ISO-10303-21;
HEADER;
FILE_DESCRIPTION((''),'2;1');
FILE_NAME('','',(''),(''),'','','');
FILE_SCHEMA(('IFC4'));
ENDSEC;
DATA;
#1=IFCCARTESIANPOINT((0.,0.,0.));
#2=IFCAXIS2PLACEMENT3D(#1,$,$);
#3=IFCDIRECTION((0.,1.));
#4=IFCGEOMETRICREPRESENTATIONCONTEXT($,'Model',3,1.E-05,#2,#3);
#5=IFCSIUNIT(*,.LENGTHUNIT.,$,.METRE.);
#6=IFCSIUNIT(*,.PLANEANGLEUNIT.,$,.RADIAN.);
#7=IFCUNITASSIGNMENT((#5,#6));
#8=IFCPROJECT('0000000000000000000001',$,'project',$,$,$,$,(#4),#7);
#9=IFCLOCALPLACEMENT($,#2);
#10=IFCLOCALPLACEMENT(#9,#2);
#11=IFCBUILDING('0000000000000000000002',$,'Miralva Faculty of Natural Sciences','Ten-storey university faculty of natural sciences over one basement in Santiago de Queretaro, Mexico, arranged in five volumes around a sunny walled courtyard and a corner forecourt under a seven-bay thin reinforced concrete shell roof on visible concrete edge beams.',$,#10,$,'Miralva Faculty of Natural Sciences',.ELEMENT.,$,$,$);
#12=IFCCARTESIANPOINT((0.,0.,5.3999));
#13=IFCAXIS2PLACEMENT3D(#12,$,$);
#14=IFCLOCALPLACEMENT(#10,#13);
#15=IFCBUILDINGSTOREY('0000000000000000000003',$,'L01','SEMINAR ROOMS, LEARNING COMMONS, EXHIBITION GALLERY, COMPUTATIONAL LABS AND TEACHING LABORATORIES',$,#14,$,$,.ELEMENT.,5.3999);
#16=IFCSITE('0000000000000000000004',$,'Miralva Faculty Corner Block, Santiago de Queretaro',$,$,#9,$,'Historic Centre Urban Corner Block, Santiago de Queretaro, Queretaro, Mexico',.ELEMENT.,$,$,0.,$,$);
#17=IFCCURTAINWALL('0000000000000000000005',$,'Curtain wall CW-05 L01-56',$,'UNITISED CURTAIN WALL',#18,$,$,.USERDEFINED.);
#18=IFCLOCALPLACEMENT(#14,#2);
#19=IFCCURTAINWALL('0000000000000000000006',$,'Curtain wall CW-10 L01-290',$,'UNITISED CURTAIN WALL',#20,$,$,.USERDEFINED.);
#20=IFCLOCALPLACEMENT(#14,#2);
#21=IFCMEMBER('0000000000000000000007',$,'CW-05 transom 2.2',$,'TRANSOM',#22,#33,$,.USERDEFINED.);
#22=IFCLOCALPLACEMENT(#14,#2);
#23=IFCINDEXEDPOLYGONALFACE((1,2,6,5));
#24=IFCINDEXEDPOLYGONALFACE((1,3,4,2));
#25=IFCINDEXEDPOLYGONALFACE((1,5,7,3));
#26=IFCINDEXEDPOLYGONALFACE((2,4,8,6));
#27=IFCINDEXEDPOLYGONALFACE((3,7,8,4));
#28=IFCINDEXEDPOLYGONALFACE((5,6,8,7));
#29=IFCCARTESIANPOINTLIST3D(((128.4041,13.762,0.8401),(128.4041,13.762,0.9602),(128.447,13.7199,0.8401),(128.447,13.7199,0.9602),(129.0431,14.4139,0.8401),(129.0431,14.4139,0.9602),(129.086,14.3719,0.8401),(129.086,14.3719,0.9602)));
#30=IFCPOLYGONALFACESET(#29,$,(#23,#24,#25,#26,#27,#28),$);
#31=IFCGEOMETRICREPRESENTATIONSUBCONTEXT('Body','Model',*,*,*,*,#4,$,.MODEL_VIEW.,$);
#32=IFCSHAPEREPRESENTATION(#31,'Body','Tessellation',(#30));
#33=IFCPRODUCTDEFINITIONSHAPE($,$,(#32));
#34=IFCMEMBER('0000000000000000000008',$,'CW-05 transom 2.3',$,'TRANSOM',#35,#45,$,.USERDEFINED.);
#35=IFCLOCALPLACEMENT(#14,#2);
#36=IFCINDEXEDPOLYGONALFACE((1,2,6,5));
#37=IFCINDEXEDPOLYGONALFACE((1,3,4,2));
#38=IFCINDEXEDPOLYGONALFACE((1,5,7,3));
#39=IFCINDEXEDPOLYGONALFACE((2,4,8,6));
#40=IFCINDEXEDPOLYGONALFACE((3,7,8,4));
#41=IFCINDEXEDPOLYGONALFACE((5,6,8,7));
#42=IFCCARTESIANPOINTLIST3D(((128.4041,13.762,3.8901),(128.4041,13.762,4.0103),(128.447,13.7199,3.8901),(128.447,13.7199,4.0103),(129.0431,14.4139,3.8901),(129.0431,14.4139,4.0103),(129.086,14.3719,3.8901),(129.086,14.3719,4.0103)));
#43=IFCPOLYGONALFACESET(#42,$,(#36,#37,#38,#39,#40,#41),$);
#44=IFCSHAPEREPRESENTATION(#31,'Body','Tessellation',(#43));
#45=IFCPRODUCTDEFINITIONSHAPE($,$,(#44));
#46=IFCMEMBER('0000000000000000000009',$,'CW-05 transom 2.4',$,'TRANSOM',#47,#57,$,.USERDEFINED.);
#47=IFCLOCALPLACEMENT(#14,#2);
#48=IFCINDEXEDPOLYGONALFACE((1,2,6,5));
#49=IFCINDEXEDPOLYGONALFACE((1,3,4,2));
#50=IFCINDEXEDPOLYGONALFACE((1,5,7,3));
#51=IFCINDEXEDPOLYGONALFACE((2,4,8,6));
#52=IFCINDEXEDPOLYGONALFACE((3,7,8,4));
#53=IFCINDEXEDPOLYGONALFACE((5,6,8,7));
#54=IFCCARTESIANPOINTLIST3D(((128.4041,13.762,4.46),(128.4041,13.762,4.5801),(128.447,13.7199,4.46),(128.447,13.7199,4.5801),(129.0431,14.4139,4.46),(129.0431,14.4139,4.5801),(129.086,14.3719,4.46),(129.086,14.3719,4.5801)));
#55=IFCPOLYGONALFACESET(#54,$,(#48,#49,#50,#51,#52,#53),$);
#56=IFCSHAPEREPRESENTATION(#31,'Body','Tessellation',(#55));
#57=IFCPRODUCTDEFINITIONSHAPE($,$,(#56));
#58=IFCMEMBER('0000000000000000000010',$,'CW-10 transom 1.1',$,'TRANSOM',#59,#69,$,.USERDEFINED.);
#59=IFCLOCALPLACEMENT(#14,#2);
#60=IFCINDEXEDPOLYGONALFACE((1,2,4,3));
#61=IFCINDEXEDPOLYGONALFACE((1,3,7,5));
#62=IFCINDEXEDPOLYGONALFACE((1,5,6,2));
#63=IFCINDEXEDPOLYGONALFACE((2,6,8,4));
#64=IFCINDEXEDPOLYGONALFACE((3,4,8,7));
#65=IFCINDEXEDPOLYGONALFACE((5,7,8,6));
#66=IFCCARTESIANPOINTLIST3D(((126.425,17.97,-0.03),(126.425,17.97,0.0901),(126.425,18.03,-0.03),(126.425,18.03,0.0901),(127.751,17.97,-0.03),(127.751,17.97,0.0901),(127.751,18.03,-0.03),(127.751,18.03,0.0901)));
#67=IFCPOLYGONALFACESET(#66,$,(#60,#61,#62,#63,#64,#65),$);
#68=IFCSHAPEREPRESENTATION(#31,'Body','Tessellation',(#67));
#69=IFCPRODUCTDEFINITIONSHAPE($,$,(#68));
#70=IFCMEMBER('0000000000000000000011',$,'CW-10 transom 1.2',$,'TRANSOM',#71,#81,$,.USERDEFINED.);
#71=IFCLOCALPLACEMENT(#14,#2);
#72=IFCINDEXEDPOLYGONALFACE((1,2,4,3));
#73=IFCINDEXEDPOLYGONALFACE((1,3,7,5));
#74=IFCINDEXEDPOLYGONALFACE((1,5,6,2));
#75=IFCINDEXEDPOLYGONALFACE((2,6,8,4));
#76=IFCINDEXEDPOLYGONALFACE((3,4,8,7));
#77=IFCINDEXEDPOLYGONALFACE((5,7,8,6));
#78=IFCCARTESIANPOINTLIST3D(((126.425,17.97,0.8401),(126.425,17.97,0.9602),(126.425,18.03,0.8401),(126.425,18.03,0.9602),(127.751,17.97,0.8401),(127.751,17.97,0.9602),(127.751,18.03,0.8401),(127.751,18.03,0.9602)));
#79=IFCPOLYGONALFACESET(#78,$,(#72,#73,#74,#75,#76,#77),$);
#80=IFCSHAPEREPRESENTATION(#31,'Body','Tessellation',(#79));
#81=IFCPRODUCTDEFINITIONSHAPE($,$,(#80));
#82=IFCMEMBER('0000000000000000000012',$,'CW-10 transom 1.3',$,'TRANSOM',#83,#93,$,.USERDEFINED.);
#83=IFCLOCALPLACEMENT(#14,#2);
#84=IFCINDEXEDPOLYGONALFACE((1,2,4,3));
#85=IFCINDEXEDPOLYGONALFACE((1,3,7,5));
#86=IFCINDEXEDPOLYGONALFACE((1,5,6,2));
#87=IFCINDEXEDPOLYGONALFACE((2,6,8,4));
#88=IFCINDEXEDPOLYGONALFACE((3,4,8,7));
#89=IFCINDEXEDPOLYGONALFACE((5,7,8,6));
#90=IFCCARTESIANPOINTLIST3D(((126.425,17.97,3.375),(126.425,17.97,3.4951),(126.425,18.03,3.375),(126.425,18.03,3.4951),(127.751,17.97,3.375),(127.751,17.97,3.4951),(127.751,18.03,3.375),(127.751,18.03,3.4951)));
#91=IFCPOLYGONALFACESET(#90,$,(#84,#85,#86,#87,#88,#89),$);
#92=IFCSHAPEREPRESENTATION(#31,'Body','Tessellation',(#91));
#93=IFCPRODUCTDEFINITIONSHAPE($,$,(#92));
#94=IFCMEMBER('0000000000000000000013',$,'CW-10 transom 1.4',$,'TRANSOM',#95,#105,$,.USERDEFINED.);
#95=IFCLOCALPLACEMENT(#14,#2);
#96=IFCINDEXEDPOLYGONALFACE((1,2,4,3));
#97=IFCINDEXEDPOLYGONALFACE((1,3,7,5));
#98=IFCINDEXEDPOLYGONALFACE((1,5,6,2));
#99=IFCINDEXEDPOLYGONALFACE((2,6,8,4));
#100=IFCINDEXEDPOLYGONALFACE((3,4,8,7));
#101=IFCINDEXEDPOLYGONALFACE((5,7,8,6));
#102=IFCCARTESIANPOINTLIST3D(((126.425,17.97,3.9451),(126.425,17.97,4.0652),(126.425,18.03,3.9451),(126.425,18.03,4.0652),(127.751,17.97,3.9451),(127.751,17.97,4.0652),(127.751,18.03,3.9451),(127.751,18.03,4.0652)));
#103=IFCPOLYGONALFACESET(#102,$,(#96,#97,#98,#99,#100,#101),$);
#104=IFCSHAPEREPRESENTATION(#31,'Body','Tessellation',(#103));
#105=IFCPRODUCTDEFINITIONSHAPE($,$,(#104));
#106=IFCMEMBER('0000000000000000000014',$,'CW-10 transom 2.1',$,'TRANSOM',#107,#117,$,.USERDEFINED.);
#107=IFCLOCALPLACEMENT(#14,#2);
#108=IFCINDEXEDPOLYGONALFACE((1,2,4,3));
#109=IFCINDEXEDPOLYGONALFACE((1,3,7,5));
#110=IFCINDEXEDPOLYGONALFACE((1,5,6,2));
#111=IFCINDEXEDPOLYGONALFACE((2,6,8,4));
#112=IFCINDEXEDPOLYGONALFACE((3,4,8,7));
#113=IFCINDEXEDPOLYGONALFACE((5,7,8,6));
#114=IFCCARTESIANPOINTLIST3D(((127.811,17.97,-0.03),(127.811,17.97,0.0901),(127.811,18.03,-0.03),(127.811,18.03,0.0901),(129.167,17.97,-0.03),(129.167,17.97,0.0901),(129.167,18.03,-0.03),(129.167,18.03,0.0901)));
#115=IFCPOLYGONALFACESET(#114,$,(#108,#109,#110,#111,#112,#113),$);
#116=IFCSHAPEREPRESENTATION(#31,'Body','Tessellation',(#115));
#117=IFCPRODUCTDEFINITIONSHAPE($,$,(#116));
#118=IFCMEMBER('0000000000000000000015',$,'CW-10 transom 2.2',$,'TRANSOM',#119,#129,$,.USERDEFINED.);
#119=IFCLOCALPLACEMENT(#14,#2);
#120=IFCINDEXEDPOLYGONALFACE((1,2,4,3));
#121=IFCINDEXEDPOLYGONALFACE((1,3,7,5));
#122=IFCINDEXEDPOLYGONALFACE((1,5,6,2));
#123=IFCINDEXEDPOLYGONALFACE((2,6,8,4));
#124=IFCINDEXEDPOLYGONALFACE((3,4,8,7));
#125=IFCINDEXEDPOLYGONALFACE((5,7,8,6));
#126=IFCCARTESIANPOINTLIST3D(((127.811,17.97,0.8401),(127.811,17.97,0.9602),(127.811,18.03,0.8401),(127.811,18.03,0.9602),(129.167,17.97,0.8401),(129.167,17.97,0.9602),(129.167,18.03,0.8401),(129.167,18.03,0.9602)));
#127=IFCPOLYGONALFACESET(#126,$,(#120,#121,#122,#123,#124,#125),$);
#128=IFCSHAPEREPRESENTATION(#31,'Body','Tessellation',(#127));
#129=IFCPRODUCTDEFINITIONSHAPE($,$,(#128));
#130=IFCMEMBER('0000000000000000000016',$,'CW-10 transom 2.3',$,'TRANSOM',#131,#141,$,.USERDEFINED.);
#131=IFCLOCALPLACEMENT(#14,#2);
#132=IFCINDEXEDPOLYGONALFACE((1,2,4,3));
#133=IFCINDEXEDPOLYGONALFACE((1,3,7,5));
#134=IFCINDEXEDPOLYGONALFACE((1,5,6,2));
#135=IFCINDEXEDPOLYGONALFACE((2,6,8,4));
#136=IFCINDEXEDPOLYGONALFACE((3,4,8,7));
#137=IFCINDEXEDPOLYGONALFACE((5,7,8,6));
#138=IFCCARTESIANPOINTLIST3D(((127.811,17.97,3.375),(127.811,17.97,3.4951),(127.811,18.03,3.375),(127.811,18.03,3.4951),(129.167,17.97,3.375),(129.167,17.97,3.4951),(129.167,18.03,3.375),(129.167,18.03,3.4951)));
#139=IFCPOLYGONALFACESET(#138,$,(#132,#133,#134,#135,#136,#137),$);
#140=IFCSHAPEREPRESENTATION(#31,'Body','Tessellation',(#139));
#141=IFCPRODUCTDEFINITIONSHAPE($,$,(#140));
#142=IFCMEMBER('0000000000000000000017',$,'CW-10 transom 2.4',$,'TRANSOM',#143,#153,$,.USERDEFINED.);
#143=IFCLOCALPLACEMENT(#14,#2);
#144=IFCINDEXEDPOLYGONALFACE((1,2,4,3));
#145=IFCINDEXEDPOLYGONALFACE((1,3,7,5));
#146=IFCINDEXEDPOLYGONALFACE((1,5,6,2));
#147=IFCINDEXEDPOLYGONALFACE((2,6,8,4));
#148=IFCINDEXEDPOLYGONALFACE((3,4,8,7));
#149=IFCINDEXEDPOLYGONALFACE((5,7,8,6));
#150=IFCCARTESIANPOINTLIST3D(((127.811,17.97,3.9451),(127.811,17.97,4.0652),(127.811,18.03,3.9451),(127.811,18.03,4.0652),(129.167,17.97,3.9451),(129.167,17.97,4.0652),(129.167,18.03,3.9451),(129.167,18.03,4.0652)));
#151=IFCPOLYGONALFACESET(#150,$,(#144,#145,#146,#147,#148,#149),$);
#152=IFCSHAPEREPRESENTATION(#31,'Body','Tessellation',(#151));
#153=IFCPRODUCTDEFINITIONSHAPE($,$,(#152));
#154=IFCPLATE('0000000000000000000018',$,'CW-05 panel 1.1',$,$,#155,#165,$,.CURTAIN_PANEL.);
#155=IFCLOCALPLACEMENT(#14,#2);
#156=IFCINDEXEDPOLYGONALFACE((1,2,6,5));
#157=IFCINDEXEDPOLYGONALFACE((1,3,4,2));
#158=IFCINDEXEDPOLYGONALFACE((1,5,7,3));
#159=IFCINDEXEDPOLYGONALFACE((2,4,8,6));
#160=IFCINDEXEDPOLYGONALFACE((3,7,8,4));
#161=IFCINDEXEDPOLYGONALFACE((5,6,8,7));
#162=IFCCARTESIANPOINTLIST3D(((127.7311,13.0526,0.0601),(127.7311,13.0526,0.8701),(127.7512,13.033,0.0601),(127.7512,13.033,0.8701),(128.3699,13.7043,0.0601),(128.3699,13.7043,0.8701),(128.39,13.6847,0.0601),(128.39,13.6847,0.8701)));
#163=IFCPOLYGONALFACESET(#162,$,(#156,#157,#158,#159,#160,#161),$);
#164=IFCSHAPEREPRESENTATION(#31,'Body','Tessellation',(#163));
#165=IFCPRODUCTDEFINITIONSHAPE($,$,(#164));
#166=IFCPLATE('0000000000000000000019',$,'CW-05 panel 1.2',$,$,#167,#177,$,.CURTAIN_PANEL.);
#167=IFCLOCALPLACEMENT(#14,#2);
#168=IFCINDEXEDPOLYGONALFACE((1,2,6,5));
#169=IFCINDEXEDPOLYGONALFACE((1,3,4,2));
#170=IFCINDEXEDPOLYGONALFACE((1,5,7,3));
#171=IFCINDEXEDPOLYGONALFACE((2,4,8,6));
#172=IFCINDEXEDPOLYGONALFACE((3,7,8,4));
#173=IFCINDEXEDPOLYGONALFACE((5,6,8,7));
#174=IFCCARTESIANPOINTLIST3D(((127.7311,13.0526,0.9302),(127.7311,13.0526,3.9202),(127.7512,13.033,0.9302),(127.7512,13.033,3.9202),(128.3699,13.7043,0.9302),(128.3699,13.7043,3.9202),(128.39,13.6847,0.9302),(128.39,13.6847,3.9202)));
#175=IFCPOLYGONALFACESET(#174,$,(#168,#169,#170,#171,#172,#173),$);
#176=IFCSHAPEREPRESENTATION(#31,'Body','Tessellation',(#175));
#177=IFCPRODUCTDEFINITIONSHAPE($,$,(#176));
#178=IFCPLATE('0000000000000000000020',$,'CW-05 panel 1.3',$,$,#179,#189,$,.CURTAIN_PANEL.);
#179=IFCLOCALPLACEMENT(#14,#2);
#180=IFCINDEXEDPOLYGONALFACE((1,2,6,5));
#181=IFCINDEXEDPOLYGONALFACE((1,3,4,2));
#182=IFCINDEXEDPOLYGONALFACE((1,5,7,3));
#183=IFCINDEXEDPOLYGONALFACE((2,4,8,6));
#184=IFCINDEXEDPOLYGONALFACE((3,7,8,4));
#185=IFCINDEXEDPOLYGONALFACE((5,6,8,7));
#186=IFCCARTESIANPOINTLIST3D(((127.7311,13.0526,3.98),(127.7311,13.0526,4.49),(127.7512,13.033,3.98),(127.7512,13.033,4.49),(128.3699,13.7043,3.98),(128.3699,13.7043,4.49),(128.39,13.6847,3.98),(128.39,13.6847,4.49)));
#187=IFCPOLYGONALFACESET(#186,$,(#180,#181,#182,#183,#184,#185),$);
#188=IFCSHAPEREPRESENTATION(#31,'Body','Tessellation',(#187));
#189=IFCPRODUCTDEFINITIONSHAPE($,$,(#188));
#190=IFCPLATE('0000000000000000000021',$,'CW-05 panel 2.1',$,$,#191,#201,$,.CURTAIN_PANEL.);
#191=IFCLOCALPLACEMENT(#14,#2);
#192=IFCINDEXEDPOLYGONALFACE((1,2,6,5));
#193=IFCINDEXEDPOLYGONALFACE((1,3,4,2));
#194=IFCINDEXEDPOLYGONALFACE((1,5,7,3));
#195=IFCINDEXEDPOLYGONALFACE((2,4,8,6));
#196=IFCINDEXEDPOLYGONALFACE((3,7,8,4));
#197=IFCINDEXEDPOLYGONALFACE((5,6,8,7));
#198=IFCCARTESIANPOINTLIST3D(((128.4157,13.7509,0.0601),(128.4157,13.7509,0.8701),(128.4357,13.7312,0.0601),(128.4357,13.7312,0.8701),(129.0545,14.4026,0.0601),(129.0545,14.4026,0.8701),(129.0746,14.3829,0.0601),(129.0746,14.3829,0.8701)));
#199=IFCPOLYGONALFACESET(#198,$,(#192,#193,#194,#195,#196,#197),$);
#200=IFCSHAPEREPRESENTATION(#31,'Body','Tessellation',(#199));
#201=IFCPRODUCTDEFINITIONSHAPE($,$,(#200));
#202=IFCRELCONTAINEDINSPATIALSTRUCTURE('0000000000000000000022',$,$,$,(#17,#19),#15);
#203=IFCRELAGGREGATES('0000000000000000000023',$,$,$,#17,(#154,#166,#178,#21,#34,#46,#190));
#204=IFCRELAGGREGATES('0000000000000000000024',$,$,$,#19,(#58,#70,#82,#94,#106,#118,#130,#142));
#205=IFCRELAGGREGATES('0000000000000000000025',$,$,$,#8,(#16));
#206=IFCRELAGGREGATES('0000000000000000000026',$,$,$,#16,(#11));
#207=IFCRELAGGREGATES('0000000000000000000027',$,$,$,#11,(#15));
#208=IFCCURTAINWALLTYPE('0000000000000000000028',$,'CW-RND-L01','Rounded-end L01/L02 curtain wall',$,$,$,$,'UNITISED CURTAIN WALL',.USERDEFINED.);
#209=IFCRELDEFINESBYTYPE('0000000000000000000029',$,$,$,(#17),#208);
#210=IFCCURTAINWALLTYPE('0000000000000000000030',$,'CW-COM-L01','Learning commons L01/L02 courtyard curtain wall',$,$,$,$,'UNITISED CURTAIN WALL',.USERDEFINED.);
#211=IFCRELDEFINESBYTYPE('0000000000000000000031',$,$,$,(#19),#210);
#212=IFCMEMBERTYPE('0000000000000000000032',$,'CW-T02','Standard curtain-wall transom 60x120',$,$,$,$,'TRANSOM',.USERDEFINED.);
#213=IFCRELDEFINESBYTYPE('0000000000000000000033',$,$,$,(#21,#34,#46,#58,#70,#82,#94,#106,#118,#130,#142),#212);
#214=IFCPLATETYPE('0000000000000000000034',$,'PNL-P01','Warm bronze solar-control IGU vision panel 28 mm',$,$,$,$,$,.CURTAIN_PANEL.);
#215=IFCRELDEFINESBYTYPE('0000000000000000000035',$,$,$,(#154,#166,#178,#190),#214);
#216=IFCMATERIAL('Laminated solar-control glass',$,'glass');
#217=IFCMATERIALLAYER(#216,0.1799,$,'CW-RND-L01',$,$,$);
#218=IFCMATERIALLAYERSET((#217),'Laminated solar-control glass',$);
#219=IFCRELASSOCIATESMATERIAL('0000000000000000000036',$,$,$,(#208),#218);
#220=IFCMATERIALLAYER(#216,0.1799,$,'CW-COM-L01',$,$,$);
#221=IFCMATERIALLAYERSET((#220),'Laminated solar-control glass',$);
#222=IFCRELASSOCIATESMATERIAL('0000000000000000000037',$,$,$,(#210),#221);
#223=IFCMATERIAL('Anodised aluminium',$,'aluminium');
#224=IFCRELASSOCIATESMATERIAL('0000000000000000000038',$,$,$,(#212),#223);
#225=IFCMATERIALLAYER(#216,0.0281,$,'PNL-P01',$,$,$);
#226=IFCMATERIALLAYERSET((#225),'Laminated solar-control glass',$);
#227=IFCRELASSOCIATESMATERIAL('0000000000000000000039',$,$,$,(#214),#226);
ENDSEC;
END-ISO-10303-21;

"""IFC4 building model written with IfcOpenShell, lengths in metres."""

from ifc_helpers import new_model, si_unit, direction, frame, origin, origin_2d, place, context, subcontext, project, spatial, rectangle, extrude, material, layer, layer_set, material_profile, profile_set, type_object, element, aggregate, save


model = new_model("IFC4")

# Units and contexts
model_context = context("Model", 3, precision=1e-05, world=origin(), true_north=direction((0.0, 1.0)))
body_context = subcontext(model_context, "Body", "Model", "MODEL_VIEW")
ifc_project = project(units=[si_unit("LENGTHUNIT", "METRE"), si_unit("PLANEANGLEUNIT", "RADIAN")], contexts=[model_context])

# Site, building, storey
site_placement = place(None, origin())
site = spatial("IfcSite", under=ifc_project, at=site_placement, Name="Miralva Faculty Corner Block, Santiago de Queretaro", LongName="Historic Centre Urban Corner Block, Santiago de Queretaro, Queretaro, Mexico", CompositionType="ELEMENT", RefElevation=0.0)
building_placement = place(site_placement, origin())
building = spatial("IfcBuilding", under=site, at=building_placement, Name="Miralva Faculty of Natural Sciences", Description="Ten-storey university faculty of natural sciences over one basement in Santiago de Queretaro, Mexico, arranged in five volumes around a sunny walled courtyard and a corner forecourt under a seven-bay thin reinforced concrete shell roof on visible concrete edge beams.", LongName="Miralva Faculty of Natural Sciences", CompositionType="ELEMENT")
storey_placement = place(building_placement, frame((0.0, 0.0, 5.3999)))
storey = spatial("IfcBuildingStorey", under=building, at=storey_placement, Name="L01", Description="SEMINAR ROOMS, LEARNING COMMONS, EXHIBITION GALLERY, COMPUTATIONAL LABS AND TEACHING LABORATORIES", CompositionType="ELEMENT", Elevation=5.3999)

# Shared definitions
ifc_material_1 = material(Name="Laminated solar-control glass", Category="glass")
ifc_layer_1 = layer(ifc_material_1, 0.1799, Name="CW-RND-L01")
ifc_layer_set_1 = layer_set([ifc_layer_1], Name="Laminated solar-control glass")
curtain_wall_type_1 = type_object("IfcCurtainWallType", Name="CW-RND-L01", Description="Rounded-end L01/L02 curtain wall", ElementType="UNITISED CURTAIN WALL", PredefinedType="USERDEFINED", material=ifc_layer_set_1)
ifc_material_2 = material(Name="Anodised aluminium", Category="aluminium")

# Curtain walls
curtain_wall_1_placement = place(storey_placement, origin())
curtain_wall_1 = element("IfcCurtainWall", 1, at=curtain_wall_1_placement, inside=storey, type_object=curtain_wall_type_1, Name="Curtain wall CW-05 L01-56", ObjectType="UNITISED CURTAIN WALL", PredefinedType="USERDEFINED")
ifc_layer_2 = layer(ifc_material_1, 0.1799, Name="CW-COM-L01")
ifc_layer_set_2 = layer_set([ifc_layer_2], Name="Laminated solar-control glass")
curtain_wall_type_2 = type_object("IfcCurtainWallType", Name="CW-COM-L01", Description="Learning commons L01/L02 courtyard curtain wall", ElementType="UNITISED CURTAIN WALL", PredefinedType="USERDEFINED", material=ifc_layer_set_2)
curtain_wall_2_placement = place(storey_placement, origin())
curtain_wall_2 = element("IfcCurtainWall", 2, at=curtain_wall_2_placement, inside=storey, type_object=curtain_wall_type_2, Name="Curtain wall CW-10 L01-290", ObjectType="UNITISED CURTAIN WALL", PredefinedType="USERDEFINED")

# Members
ifc_material_profile_1 = material_profile(ifc_material_2, rectangle(XDim=0.0601, YDim=0.1201, at=origin_2d()), Name="TRANSOM 60x120")
ifc_profile_set_1 = profile_set([ifc_material_profile_1], Name="Anodised aluminium")
member_type_1 = type_object("IfcMemberType", Name="CW-T02", Description="Standard curtain-wall transom 60x120", ElementType="TRANSOM", PredefinedType="USERDEFINED", material=ifc_profile_set_1)
member_1_placement = place(storey_placement, frame((128.4255, 13.741, 0.9001), z_axis=(0.699983, 0.714159, 0.0), x_axis=(-0.714159, 0.699983, 0.0)))
member_1 = element("IfcMember", 3, at=member_1_placement, type_object=member_type_1, Name="CW-05 transom 2.2", ObjectType="TRANSOM", PredefinedType="USERDEFINED", context=body_context, shape_type="SweptSolid", body=[
    extrude(rectangle(XDim=0.0601, YDim=0.1201, at=origin_2d()), origin(), (0.0, 0.0, 1.0), 0.9128),
])
member_2_placement = place(storey_placement, frame((128.4255, 13.741, 3.9502), z_axis=(0.699983, 0.714159, 0.0), x_axis=(-0.714159, 0.699983, 0.0)))
member_2 = element("IfcMember", 4, at=member_2_placement, type_object=member_type_1, Name="CW-05 transom 2.3", ObjectType="TRANSOM", PredefinedType="USERDEFINED", context=body_context, shape_type="SweptSolid", body=[
    extrude(rectangle(XDim=0.0601, YDim=0.1201, at=origin_2d()), origin(), (0.0, 0.0, 1.0), 0.9128),
])
member_3_placement = place(storey_placement, frame((128.4255, 13.741, 4.52), z_axis=(0.699983, 0.714159, 0.0), x_axis=(-0.714159, 0.699983, 0.0)))
member_3 = element("IfcMember", 5, at=member_3_placement, type_object=member_type_1, Name="CW-05 transom 2.4", ObjectType="TRANSOM", PredefinedType="USERDEFINED", context=body_context, shape_type="SweptSolid", body=[
    extrude(rectangle(XDim=0.0601, YDim=0.1201, at=origin_2d()), origin(), (0.0, 0.0, 1.0), 0.9128),
])
member_4_placement = place(storey_placement, frame((126.425, 18.0, 0.03), z_axis=(1.0, 0.0, 0.0), x_axis=(0.0, 1.0, 0.0)))
member_4 = element("IfcMember", 6, at=member_4_placement, type_object=member_type_1, Name="CW-10 transom 1.1", ObjectType="TRANSOM", PredefinedType="USERDEFINED", context=body_context, shape_type="SweptSolid", body=[
    extrude(rectangle(XDim=0.0601, YDim=0.1201, at=origin_2d()), origin(), (0.0, 0.0, 1.0), 1.3259),
])
member_5_placement = place(storey_placement, frame((126.425, 18.0, 0.9001), z_axis=(1.0, 0.0, 0.0), x_axis=(0.0, 1.0, 0.0)))
member_5 = element("IfcMember", 7, at=member_5_placement, type_object=member_type_1, Name="CW-10 transom 1.2", ObjectType="TRANSOM", PredefinedType="USERDEFINED", context=body_context, shape_type="SweptSolid", body=[
    extrude(rectangle(XDim=0.0601, YDim=0.1201, at=origin_2d()), origin(), (0.0, 0.0, 1.0), 1.3259),
])
member_6_placement = place(storey_placement, frame((126.425, 18.0, 3.4351), z_axis=(1.0, 0.0, 0.0), x_axis=(0.0, 1.0, 0.0)))
member_6 = element("IfcMember", 8, at=member_6_placement, type_object=member_type_1, Name="CW-10 transom 1.3", ObjectType="TRANSOM", PredefinedType="USERDEFINED", context=body_context, shape_type="SweptSolid", body=[
    extrude(rectangle(XDim=0.0601, YDim=0.1201, at=origin_2d()), origin(), (0.0, 0.0, 1.0), 1.3259),
])
member_7_placement = place(storey_placement, frame((126.425, 18.0, 4.0051), z_axis=(1.0, 0.0, 0.0), x_axis=(0.0, 1.0, 0.0)))
member_7 = element("IfcMember", 9, at=member_7_placement, type_object=member_type_1, Name="CW-10 transom 1.4", ObjectType="TRANSOM", PredefinedType="USERDEFINED", context=body_context, shape_type="SweptSolid", body=[
    extrude(rectangle(XDim=0.0601, YDim=0.1201, at=origin_2d()), origin(), (0.0, 0.0, 1.0), 1.3259),
])
member_8_placement = place(storey_placement, frame((127.811, 18.0, 0.03), z_axis=(1.0, 0.0, 0.0), x_axis=(0.0, 1.0, 0.0)))
member_8 = element("IfcMember", 10, at=member_8_placement, type_object=member_type_1, Name="CW-10 transom 2.1", ObjectType="TRANSOM", PredefinedType="USERDEFINED", context=body_context, shape_type="SweptSolid", body=[
    extrude(rectangle(XDim=0.0601, YDim=0.1201, at=origin_2d()), origin(), (0.0, 0.0, 1.0), 1.356),
])
member_9_placement = place(storey_placement, frame((127.811, 18.0, 0.9001), z_axis=(1.0, 0.0, 0.0), x_axis=(0.0, 1.0, 0.0)))
member_9 = element("IfcMember", 11, at=member_9_placement, type_object=member_type_1, Name="CW-10 transom 2.2", ObjectType="TRANSOM", PredefinedType="USERDEFINED", context=body_context, shape_type="SweptSolid", body=[
    extrude(rectangle(XDim=0.0601, YDim=0.1201, at=origin_2d()), origin(), (0.0, 0.0, 1.0), 1.356),
])
member_10_placement = place(storey_placement, frame((127.811, 18.0, 3.4351), z_axis=(1.0, 0.0, 0.0), x_axis=(0.0, 1.0, 0.0)))
member_10 = element("IfcMember", 12, at=member_10_placement, type_object=member_type_1, Name="CW-10 transom 2.3", ObjectType="TRANSOM", PredefinedType="USERDEFINED", context=body_context, shape_type="SweptSolid", body=[
    extrude(rectangle(XDim=0.0601, YDim=0.1201, at=origin_2d()), origin(), (0.0, 0.0, 1.0), 1.356),
])
member_11_placement = place(storey_placement, frame((127.811, 18.0, 4.0051), z_axis=(1.0, 0.0, 0.0), x_axis=(0.0, 1.0, 0.0)))
member_11 = element("IfcMember", 13, at=member_11_placement, type_object=member_type_1, Name="CW-10 transom 2.4", ObjectType="TRANSOM", PredefinedType="USERDEFINED", context=body_context, shape_type="SweptSolid", body=[
    extrude(rectangle(XDim=0.0601, YDim=0.1201, at=origin_2d()), origin(), (0.0, 0.0, 1.0), 1.356),
])

# Plates
ifc_layer_3 = layer(ifc_material_1, 0.0281, Name="PNL-P01")
ifc_layer_set_3 = layer_set([ifc_layer_3], Name="Laminated solar-control glass")
plate_type = type_object("IfcPlateType", Name="PNL-P01", Description="Warm bronze solar-control IGU vision panel 28 mm", PredefinedType="CURTAIN_PANEL", material=ifc_layer_set_3)
plate_1_placement = place(storey_placement, frame((128.0605, 13.3687, 0.0601), z_axis=(0.0, 0.0, 1.0), x_axis=(0.700018, 0.714125, 0.0)))
plate_1 = element("IfcPlate", 14, at=plate_1_placement, type_object=plate_type, Name="CW-05 panel 1.1", PredefinedType="CURTAIN_PANEL", context=body_context, shape_type="SweptSolid", body=[
    extrude(rectangle(XDim=0.9126, YDim=0.0281, at=origin_2d()), origin(), (0.0, 0.0, 1.0), 0.8101),
])
plate_2_placement = place(storey_placement, frame((128.0605, 13.3687, 0.9302), z_axis=(0.0, 0.0, 1.0), x_axis=(0.700018, 0.714125, 0.0)))
plate_2 = element("IfcPlate", 15, at=plate_2_placement, type_object=plate_type, Name="CW-05 panel 1.2", PredefinedType="CURTAIN_PANEL", context=body_context, shape_type="SweptSolid", body=[
    extrude(rectangle(XDim=0.9126, YDim=0.0281, at=origin_2d()), origin(), (0.0, 0.0, 1.0), 2.99),
])
plate_3_placement = place(storey_placement, frame((128.0605, 13.3687, 3.98), z_axis=(0.0, 0.0, 1.0), x_axis=(0.700018, 0.714125, 0.0)))
plate_3 = element("IfcPlate", 16, at=plate_3_placement, type_object=plate_type, Name="CW-05 panel 1.3", PredefinedType="CURTAIN_PANEL", context=body_context, shape_type="SweptSolid", body=[
    extrude(rectangle(XDim=0.9126, YDim=0.0281, at=origin_2d()), origin(), (0.0, 0.0, 1.0), 0.51),
])
plate_4_placement = place(storey_placement, frame((128.7451, 14.0669, 0.0601), z_axis=(0.0, 0.0, 1.0), x_axis=(0.700018, 0.714125, 0.0)))
plate_4 = element("IfcPlate", 17, at=plate_4_placement, type_object=plate_type, Name="CW-05 panel 2.1", PredefinedType="CURTAIN_PANEL", context=body_context, shape_type="SweptSolid", body=[
    extrude(rectangle(XDim=0.9126, YDim=0.0281, at=origin_2d()), origin(), (0.0, 0.0, 1.0), 0.8101),
])
aggregate(curtain_wall_1, [plate_1, plate_2, plate_3, member_1, member_2, member_3, plate_4])
aggregate(curtain_wall_2, [member_4, member_5, member_6, member_7, member_8, member_9, member_10, member_11])

save(model, "model.ifc")
